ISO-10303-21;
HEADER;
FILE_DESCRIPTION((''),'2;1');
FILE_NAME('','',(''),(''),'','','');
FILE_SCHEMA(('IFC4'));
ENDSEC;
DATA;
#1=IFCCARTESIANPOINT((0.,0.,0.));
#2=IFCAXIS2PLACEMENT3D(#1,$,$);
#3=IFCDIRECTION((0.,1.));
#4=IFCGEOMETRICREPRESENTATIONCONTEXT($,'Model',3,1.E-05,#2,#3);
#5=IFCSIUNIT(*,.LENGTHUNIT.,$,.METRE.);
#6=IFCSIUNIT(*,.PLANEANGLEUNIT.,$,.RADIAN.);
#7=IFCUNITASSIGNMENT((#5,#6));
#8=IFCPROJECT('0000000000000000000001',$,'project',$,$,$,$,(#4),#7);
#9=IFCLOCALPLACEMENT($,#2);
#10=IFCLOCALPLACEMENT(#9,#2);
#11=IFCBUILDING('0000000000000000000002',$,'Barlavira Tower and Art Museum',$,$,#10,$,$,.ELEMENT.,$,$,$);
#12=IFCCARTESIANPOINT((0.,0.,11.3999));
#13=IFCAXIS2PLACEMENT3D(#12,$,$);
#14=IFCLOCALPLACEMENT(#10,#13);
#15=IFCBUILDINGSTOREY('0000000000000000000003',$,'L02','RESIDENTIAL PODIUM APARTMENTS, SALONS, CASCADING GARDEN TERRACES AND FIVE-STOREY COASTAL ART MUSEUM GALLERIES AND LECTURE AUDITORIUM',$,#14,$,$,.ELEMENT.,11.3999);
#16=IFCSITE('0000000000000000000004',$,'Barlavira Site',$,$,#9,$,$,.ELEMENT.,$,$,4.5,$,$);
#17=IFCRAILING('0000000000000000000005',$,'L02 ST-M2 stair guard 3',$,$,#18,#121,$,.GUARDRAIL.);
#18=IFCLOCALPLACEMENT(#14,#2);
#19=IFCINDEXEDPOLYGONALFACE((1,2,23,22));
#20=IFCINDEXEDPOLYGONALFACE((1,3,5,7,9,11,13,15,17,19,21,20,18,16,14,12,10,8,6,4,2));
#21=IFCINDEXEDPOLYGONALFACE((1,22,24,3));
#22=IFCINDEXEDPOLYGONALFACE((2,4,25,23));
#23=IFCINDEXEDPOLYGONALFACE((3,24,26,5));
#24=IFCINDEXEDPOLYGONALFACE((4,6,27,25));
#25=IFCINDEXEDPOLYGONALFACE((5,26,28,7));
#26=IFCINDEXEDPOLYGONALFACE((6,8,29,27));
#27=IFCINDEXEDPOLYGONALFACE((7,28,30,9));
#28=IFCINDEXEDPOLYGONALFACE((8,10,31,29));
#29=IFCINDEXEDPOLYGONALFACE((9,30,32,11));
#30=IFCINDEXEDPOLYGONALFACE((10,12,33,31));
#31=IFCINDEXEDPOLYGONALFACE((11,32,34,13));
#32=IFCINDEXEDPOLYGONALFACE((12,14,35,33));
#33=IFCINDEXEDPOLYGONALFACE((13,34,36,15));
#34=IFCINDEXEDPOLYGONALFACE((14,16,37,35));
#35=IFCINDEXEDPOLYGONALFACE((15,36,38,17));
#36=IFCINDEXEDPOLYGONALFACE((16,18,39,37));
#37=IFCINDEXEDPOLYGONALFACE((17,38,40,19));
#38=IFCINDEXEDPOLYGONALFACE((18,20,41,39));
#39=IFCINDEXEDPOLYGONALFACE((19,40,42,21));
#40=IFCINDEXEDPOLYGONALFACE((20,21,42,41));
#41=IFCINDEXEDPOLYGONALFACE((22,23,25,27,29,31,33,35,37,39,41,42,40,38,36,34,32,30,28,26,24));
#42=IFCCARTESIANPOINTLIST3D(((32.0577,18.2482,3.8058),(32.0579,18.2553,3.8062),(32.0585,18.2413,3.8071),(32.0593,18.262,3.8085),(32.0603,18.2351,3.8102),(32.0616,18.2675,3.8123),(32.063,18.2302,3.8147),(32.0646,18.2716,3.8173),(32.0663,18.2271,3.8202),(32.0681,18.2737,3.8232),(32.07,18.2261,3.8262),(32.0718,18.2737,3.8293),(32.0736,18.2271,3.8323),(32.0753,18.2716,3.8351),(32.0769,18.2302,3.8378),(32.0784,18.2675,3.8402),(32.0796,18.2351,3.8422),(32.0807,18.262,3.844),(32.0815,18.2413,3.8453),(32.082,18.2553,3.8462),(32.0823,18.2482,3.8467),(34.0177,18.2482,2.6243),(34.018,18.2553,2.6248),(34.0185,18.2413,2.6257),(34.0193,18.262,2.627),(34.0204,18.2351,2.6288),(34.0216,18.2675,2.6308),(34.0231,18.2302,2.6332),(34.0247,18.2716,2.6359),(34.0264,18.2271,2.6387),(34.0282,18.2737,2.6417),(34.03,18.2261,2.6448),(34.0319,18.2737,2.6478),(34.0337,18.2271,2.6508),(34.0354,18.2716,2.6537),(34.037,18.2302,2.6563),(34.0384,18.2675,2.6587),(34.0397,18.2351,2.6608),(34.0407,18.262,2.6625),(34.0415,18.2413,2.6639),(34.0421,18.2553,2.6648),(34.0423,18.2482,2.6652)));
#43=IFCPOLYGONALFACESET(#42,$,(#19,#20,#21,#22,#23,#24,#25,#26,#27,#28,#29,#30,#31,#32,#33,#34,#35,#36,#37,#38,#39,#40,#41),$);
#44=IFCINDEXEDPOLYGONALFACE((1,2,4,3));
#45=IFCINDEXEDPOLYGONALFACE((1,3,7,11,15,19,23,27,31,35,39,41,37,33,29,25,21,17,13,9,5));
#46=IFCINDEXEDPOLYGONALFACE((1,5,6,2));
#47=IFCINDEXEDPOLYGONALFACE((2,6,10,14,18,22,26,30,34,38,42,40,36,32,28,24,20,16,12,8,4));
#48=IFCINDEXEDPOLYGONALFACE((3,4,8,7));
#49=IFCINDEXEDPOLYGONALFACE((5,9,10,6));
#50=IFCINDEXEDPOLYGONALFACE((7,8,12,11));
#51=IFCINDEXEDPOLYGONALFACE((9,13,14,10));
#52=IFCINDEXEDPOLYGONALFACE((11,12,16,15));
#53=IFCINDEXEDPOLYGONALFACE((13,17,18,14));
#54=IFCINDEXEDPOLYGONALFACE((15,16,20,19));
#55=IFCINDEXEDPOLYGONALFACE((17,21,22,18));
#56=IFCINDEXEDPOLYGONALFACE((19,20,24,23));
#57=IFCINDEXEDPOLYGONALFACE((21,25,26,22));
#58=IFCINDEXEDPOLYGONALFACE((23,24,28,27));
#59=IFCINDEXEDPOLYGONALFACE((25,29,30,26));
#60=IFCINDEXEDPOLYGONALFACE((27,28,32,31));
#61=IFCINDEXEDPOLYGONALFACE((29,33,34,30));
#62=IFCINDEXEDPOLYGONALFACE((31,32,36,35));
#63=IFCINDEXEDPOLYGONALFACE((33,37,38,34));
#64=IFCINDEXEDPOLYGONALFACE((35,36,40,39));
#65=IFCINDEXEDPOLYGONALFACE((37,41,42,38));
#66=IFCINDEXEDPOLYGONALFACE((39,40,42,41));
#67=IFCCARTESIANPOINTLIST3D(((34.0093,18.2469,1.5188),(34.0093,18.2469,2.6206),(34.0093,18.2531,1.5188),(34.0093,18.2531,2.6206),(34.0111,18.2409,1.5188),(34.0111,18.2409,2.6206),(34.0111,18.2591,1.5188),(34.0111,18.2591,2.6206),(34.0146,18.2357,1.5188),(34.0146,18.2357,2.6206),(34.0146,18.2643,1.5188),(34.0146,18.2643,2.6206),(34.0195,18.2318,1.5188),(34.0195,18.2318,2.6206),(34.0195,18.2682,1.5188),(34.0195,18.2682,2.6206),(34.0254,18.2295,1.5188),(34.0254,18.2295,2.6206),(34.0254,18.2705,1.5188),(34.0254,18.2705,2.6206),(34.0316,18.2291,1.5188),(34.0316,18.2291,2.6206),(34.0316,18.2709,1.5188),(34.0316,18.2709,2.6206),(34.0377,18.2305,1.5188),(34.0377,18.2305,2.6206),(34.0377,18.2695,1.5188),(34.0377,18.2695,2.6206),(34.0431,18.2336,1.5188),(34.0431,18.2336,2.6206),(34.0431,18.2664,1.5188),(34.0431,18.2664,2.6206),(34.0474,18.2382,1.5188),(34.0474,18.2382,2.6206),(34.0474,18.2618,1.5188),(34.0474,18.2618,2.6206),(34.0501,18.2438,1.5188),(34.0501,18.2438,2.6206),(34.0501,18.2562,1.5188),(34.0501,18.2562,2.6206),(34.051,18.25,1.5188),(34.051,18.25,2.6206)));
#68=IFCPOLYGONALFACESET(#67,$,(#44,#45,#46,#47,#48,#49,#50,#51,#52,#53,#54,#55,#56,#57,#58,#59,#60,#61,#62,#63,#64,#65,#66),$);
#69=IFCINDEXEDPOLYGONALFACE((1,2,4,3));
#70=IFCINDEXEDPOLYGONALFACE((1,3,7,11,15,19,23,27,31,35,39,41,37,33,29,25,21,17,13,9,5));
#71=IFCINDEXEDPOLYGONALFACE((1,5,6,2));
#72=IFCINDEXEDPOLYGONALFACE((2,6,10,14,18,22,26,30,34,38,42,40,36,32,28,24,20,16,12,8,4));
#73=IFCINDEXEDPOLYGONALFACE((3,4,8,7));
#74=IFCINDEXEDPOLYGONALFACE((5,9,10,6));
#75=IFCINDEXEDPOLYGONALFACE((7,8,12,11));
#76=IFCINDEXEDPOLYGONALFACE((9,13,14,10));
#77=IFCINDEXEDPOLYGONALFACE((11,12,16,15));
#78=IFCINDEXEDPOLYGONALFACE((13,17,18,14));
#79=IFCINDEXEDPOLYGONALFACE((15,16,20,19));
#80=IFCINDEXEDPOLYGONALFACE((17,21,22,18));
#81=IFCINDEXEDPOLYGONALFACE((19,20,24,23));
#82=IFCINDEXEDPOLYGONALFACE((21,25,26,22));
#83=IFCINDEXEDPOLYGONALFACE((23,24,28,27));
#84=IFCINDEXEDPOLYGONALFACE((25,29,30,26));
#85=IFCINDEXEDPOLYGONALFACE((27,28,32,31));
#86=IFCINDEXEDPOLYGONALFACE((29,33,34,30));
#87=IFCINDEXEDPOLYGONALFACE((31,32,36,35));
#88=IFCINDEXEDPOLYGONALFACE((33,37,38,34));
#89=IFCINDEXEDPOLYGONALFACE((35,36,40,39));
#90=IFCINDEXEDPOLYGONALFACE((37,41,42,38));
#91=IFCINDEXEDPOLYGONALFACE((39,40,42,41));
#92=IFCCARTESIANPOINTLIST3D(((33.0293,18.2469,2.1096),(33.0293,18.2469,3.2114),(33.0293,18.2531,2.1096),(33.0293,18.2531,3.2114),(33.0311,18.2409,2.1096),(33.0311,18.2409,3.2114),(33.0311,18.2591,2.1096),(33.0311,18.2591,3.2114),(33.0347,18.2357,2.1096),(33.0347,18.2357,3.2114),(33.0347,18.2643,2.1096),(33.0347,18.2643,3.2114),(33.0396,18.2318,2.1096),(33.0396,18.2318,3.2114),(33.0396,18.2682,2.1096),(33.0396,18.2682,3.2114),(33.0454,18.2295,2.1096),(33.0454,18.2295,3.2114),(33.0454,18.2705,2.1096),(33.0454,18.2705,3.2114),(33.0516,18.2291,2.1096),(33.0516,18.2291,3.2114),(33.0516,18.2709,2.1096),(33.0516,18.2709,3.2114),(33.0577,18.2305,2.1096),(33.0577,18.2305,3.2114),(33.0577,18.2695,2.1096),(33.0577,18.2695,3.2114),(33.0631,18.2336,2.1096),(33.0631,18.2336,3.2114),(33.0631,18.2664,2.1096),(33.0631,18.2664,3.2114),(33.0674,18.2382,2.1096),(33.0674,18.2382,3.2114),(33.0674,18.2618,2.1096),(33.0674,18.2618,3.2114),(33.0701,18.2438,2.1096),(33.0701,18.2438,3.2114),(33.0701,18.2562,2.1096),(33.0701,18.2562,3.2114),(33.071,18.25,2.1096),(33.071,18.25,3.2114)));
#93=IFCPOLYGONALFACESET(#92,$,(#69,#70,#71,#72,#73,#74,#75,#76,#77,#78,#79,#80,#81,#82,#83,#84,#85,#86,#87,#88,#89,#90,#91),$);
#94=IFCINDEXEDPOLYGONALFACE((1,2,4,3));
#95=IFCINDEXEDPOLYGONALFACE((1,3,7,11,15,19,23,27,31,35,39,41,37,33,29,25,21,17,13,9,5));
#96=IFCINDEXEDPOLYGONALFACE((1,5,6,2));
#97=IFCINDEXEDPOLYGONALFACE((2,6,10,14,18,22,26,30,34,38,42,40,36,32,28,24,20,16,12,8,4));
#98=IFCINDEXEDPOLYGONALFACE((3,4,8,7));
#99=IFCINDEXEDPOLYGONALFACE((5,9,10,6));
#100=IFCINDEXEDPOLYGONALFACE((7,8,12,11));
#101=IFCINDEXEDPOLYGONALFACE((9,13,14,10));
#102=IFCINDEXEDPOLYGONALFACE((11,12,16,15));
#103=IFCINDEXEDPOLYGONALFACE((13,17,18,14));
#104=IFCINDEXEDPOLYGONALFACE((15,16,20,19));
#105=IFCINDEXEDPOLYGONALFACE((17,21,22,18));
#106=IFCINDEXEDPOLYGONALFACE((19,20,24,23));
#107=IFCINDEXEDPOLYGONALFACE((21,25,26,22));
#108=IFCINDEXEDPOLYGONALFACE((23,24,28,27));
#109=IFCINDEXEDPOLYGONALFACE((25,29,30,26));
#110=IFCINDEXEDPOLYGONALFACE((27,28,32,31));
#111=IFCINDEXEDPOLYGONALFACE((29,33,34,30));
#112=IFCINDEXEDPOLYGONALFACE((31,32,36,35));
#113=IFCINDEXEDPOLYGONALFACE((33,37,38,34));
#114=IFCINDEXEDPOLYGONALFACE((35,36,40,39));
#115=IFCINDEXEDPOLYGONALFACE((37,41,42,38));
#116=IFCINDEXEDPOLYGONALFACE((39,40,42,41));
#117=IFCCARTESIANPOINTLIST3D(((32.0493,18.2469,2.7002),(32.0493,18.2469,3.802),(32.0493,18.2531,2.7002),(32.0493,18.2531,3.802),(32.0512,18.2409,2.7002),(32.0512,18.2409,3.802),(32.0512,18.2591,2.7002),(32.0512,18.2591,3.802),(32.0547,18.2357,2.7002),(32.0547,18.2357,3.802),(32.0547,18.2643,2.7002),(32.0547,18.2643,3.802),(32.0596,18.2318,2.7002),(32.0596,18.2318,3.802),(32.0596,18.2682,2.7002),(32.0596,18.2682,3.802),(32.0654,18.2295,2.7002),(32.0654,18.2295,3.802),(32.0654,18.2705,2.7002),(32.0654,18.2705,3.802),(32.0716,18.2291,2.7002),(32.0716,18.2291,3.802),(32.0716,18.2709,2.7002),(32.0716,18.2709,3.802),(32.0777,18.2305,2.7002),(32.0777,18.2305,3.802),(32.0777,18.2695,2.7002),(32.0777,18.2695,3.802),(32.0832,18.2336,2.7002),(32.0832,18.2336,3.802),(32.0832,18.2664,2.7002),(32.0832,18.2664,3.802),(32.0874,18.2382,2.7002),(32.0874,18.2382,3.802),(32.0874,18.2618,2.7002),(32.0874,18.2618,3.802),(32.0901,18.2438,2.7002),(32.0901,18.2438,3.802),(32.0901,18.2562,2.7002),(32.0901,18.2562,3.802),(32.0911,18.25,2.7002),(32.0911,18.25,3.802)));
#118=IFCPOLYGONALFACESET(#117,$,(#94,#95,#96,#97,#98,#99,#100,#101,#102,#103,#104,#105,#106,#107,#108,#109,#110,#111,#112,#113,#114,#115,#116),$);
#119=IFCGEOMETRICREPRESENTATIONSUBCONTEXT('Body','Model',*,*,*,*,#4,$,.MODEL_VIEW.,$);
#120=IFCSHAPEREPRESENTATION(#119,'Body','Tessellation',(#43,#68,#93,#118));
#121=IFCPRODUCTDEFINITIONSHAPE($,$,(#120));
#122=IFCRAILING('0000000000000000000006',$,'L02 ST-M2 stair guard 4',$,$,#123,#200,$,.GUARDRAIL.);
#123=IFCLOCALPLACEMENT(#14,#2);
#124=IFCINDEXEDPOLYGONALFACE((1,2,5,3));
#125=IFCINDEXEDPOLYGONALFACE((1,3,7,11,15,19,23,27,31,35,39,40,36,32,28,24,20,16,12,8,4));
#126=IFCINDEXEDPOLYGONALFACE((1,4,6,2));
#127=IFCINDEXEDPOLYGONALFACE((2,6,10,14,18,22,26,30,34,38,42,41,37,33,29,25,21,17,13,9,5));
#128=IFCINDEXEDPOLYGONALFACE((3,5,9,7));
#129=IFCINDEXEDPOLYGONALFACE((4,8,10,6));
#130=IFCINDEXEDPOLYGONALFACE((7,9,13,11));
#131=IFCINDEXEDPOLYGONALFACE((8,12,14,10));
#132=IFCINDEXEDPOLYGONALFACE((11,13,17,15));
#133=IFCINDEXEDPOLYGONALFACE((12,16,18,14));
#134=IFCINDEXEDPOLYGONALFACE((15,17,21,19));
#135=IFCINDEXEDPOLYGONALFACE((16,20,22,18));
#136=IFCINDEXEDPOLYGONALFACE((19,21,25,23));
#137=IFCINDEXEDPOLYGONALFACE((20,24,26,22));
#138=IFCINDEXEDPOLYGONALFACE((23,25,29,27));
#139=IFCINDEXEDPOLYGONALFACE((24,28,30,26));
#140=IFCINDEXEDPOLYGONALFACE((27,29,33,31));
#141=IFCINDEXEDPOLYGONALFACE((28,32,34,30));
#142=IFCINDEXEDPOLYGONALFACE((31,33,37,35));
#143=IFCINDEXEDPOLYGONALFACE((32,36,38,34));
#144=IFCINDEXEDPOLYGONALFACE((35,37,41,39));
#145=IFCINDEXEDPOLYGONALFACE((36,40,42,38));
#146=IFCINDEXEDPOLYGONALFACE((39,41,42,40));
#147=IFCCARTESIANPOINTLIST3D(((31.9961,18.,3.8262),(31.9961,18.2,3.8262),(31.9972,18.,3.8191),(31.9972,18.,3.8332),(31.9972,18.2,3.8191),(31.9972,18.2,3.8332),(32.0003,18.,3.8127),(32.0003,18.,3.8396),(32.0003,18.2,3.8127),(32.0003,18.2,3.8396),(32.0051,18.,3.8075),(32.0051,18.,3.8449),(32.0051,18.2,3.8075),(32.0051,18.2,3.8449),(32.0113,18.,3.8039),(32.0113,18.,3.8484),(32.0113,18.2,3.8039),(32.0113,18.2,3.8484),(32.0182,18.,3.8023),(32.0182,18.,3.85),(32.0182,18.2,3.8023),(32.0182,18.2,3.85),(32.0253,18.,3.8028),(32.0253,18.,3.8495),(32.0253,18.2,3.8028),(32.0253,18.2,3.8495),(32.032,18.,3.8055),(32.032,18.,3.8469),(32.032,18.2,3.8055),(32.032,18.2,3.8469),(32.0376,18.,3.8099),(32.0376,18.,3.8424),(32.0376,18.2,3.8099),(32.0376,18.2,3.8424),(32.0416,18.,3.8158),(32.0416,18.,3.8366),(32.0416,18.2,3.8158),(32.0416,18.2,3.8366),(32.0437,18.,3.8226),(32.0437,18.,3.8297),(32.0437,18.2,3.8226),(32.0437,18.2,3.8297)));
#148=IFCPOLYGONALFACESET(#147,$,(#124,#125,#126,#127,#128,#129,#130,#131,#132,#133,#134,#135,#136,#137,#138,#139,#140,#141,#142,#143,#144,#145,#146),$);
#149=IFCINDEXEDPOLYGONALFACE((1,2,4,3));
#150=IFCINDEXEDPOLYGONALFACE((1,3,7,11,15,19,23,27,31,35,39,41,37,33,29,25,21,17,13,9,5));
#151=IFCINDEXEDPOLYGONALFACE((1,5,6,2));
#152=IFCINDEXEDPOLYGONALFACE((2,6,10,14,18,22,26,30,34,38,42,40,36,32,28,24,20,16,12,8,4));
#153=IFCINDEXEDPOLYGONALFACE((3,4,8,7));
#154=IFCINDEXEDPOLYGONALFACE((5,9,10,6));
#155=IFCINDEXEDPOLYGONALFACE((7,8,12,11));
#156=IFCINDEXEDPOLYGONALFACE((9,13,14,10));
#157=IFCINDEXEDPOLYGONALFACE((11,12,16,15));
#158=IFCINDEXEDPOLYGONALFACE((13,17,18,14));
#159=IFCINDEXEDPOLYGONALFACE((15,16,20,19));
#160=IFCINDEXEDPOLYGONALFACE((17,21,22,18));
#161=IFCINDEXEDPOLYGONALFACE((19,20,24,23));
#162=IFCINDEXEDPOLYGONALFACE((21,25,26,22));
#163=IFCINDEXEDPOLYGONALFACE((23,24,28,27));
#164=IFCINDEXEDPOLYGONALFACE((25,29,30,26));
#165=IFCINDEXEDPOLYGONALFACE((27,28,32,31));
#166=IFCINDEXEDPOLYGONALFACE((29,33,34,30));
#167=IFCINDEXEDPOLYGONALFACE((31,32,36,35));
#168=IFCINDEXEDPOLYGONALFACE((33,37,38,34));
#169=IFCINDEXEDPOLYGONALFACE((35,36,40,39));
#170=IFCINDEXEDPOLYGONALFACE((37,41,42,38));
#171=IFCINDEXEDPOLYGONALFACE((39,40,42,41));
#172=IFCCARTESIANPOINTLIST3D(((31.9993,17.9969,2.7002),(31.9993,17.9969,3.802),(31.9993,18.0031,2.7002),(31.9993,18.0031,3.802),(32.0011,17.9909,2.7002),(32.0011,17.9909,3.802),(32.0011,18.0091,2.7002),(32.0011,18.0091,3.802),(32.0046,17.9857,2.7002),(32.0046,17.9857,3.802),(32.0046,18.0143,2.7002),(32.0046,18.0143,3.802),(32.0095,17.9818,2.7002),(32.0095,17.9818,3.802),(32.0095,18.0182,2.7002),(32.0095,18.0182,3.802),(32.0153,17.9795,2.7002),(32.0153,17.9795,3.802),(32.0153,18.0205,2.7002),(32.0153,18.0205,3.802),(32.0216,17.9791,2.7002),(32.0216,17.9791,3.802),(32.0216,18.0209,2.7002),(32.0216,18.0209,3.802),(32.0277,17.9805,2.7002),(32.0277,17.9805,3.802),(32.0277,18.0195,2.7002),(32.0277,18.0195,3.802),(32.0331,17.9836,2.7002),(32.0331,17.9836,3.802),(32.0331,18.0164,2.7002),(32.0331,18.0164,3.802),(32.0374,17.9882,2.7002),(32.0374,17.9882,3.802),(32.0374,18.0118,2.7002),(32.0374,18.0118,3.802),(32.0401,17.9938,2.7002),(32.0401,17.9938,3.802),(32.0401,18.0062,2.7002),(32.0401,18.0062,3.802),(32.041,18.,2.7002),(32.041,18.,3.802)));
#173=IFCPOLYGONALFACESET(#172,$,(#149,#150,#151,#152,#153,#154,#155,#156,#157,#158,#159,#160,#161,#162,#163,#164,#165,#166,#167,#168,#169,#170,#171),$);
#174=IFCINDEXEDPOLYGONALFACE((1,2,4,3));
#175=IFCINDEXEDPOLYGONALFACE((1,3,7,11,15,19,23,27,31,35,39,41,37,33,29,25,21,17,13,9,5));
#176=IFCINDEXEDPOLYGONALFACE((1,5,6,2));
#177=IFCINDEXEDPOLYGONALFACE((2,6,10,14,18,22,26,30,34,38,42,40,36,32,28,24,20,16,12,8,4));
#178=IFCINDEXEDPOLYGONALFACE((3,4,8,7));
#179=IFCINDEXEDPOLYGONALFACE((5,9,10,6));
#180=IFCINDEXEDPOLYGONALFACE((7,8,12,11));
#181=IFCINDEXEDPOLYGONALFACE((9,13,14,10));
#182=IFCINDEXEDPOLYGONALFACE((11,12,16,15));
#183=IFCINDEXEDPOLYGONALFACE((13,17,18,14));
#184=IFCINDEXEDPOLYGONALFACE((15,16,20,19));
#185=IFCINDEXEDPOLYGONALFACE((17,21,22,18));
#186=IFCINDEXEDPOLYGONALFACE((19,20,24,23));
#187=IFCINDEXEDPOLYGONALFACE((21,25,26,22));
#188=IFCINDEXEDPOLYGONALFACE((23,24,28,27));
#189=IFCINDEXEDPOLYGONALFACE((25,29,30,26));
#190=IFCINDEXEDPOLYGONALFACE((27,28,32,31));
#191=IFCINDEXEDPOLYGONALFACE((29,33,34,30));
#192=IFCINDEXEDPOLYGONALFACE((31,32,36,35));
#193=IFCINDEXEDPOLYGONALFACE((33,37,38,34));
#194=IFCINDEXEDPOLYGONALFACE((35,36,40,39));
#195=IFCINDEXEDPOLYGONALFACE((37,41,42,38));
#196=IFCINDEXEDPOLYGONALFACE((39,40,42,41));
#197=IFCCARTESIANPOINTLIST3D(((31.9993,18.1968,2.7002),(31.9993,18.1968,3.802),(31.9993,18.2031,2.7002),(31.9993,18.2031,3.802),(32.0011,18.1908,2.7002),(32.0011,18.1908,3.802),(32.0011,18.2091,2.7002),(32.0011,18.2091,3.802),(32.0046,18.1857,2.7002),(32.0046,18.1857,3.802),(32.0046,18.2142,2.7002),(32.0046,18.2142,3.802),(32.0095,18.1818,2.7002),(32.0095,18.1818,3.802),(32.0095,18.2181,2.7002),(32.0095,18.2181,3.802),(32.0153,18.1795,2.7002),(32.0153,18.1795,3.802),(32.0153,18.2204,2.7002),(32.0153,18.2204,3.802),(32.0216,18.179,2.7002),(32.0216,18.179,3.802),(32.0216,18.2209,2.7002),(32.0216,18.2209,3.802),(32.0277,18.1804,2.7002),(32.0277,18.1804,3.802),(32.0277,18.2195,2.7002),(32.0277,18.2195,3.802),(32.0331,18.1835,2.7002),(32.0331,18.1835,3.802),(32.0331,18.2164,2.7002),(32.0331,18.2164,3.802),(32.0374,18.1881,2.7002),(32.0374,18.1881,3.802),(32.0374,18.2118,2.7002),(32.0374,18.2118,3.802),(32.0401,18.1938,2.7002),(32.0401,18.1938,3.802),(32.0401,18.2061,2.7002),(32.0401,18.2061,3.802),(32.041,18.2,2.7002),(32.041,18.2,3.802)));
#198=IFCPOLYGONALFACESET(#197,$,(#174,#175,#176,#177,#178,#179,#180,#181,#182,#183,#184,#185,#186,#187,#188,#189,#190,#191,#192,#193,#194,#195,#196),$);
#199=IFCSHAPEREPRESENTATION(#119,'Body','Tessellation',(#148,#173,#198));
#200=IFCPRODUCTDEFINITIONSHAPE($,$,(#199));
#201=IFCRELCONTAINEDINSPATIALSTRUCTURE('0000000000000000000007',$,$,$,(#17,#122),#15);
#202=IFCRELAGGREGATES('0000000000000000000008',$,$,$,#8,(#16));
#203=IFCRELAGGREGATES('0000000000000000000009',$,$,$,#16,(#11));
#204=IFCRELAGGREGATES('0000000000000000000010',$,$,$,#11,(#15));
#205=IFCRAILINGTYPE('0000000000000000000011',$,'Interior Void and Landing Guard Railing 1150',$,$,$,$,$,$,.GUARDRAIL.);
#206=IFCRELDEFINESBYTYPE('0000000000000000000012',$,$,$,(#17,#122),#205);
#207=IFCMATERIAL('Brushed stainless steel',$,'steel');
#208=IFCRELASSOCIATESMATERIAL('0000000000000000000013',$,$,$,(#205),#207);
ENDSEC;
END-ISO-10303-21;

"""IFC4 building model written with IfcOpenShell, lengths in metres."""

from ifc_helpers import new_model, si_unit, direction, frame, origin, origin_2d, place, context, subcontext, project, spatial, circle, extrude, material, type_object, element, save


model = new_model("IFC4")

# Units and contexts
model_context = context("Model", 3, precision=1e-05, world=origin(), true_north=direction((0.0, 1.0)))
body_context = subcontext(model_context, "Body", "Model", "MODEL_VIEW")
ifc_project = project(units=[si_unit("LENGTHUNIT", "METRE"), si_unit("PLANEANGLEUNIT", "RADIAN")], contexts=[model_context])

# Site, building, storey
site_placement = place(None, origin())
site = spatial("IfcSite", under=ifc_project, at=site_placement, Name="Barlavira Site", CompositionType="ELEMENT", RefElevation=4.5)
building_placement = place(site_placement, origin())
building = spatial("IfcBuilding", under=site, at=building_placement, Name="Barlavira Tower and Art Museum", CompositionType="ELEMENT")
storey_placement = place(building_placement, frame((0.0, 0.0, 11.3999)))
storey = spatial("IfcBuildingStorey", under=building, at=storey_placement, Name="L02", Description="RESIDENTIAL PODIUM APARTMENTS, SALONS, CASCADING GARDEN TERRACES AND FIVE-STOREY COASTAL ART MUSEUM GALLERIES AND LECTURE AUDITORIUM", CompositionType="ELEMENT", Elevation=11.3999)

# Railings
ifc_material_1 = material(Name="Brushed stainless steel", Category="steel")
railing_type_1 = type_object("IfcRailingType", Name="Interior Void and Landing Guard Railing 1150", PredefinedType="GUARDRAIL", material=ifc_material_1)
railing_1_placement = place(storey_placement, frame((34.03, 18.25, 1.5188)))
element("IfcRailing", 1, at=railing_1_placement, inside=storey, type_object=railing_type_1, Name="L02 ST-M2 stair guard 3", PredefinedType="GUARDRAIL", context=body_context, shape_type="SweptSolid", body=[
    extrude(circle(Radius=0.0239, at=origin_2d()), frame((0.0, 0.0, 1.126), z_axis=(-0.856446, 0.0, 0.516236), x_axis=(0.0, -1.0, 0.0)), (0.0, 0.0, 1.0), 2.2886),
    extrude(circle(Radius=0.021, at=origin_2d()), origin(), (0.0, 0.0, 1.0), 1.1018),
    extrude(circle(Radius=0.021, at=origin_2d()), frame((-0.98, 0.0, 0.5908)), (0.0, 0.0, 1.0), 1.1018),
    extrude(circle(Radius=0.021, at=origin_2d()), frame((-1.96, 0.0, 1.1814)), (0.0, 0.0, 1.0), 1.1018),
])
railing_2_placement = place(storey_placement, frame((32.02, 18.0, 2.7002)))
element("IfcRailing", 2, at=railing_2_placement, inside=storey, type_object=railing_type_1, Name="L02 ST-M2 stair guard 4", PredefinedType="GUARDRAIL", context=body_context, shape_type="SweptSolid", body=[
    extrude(circle(Radius=0.0239, at=origin_2d()), frame((0.0, 0.0, 1.126), z_axis=(0.0, 1.0, 0.0), x_axis=(-1.0, 0.0, 0.0)), (0.0, 0.0, 1.0), 0.2),
    extrude(circle(Radius=0.021, at=origin_2d()), origin(), (0.0, 0.0, 1.0), 1.1018),
    extrude(circle(Radius=0.021, at=origin_2d()), frame((0.0, 0.2, 0.0)), (0.0, 0.0, 1.0), 1.1018),
])

save(model, "model.ifc")
